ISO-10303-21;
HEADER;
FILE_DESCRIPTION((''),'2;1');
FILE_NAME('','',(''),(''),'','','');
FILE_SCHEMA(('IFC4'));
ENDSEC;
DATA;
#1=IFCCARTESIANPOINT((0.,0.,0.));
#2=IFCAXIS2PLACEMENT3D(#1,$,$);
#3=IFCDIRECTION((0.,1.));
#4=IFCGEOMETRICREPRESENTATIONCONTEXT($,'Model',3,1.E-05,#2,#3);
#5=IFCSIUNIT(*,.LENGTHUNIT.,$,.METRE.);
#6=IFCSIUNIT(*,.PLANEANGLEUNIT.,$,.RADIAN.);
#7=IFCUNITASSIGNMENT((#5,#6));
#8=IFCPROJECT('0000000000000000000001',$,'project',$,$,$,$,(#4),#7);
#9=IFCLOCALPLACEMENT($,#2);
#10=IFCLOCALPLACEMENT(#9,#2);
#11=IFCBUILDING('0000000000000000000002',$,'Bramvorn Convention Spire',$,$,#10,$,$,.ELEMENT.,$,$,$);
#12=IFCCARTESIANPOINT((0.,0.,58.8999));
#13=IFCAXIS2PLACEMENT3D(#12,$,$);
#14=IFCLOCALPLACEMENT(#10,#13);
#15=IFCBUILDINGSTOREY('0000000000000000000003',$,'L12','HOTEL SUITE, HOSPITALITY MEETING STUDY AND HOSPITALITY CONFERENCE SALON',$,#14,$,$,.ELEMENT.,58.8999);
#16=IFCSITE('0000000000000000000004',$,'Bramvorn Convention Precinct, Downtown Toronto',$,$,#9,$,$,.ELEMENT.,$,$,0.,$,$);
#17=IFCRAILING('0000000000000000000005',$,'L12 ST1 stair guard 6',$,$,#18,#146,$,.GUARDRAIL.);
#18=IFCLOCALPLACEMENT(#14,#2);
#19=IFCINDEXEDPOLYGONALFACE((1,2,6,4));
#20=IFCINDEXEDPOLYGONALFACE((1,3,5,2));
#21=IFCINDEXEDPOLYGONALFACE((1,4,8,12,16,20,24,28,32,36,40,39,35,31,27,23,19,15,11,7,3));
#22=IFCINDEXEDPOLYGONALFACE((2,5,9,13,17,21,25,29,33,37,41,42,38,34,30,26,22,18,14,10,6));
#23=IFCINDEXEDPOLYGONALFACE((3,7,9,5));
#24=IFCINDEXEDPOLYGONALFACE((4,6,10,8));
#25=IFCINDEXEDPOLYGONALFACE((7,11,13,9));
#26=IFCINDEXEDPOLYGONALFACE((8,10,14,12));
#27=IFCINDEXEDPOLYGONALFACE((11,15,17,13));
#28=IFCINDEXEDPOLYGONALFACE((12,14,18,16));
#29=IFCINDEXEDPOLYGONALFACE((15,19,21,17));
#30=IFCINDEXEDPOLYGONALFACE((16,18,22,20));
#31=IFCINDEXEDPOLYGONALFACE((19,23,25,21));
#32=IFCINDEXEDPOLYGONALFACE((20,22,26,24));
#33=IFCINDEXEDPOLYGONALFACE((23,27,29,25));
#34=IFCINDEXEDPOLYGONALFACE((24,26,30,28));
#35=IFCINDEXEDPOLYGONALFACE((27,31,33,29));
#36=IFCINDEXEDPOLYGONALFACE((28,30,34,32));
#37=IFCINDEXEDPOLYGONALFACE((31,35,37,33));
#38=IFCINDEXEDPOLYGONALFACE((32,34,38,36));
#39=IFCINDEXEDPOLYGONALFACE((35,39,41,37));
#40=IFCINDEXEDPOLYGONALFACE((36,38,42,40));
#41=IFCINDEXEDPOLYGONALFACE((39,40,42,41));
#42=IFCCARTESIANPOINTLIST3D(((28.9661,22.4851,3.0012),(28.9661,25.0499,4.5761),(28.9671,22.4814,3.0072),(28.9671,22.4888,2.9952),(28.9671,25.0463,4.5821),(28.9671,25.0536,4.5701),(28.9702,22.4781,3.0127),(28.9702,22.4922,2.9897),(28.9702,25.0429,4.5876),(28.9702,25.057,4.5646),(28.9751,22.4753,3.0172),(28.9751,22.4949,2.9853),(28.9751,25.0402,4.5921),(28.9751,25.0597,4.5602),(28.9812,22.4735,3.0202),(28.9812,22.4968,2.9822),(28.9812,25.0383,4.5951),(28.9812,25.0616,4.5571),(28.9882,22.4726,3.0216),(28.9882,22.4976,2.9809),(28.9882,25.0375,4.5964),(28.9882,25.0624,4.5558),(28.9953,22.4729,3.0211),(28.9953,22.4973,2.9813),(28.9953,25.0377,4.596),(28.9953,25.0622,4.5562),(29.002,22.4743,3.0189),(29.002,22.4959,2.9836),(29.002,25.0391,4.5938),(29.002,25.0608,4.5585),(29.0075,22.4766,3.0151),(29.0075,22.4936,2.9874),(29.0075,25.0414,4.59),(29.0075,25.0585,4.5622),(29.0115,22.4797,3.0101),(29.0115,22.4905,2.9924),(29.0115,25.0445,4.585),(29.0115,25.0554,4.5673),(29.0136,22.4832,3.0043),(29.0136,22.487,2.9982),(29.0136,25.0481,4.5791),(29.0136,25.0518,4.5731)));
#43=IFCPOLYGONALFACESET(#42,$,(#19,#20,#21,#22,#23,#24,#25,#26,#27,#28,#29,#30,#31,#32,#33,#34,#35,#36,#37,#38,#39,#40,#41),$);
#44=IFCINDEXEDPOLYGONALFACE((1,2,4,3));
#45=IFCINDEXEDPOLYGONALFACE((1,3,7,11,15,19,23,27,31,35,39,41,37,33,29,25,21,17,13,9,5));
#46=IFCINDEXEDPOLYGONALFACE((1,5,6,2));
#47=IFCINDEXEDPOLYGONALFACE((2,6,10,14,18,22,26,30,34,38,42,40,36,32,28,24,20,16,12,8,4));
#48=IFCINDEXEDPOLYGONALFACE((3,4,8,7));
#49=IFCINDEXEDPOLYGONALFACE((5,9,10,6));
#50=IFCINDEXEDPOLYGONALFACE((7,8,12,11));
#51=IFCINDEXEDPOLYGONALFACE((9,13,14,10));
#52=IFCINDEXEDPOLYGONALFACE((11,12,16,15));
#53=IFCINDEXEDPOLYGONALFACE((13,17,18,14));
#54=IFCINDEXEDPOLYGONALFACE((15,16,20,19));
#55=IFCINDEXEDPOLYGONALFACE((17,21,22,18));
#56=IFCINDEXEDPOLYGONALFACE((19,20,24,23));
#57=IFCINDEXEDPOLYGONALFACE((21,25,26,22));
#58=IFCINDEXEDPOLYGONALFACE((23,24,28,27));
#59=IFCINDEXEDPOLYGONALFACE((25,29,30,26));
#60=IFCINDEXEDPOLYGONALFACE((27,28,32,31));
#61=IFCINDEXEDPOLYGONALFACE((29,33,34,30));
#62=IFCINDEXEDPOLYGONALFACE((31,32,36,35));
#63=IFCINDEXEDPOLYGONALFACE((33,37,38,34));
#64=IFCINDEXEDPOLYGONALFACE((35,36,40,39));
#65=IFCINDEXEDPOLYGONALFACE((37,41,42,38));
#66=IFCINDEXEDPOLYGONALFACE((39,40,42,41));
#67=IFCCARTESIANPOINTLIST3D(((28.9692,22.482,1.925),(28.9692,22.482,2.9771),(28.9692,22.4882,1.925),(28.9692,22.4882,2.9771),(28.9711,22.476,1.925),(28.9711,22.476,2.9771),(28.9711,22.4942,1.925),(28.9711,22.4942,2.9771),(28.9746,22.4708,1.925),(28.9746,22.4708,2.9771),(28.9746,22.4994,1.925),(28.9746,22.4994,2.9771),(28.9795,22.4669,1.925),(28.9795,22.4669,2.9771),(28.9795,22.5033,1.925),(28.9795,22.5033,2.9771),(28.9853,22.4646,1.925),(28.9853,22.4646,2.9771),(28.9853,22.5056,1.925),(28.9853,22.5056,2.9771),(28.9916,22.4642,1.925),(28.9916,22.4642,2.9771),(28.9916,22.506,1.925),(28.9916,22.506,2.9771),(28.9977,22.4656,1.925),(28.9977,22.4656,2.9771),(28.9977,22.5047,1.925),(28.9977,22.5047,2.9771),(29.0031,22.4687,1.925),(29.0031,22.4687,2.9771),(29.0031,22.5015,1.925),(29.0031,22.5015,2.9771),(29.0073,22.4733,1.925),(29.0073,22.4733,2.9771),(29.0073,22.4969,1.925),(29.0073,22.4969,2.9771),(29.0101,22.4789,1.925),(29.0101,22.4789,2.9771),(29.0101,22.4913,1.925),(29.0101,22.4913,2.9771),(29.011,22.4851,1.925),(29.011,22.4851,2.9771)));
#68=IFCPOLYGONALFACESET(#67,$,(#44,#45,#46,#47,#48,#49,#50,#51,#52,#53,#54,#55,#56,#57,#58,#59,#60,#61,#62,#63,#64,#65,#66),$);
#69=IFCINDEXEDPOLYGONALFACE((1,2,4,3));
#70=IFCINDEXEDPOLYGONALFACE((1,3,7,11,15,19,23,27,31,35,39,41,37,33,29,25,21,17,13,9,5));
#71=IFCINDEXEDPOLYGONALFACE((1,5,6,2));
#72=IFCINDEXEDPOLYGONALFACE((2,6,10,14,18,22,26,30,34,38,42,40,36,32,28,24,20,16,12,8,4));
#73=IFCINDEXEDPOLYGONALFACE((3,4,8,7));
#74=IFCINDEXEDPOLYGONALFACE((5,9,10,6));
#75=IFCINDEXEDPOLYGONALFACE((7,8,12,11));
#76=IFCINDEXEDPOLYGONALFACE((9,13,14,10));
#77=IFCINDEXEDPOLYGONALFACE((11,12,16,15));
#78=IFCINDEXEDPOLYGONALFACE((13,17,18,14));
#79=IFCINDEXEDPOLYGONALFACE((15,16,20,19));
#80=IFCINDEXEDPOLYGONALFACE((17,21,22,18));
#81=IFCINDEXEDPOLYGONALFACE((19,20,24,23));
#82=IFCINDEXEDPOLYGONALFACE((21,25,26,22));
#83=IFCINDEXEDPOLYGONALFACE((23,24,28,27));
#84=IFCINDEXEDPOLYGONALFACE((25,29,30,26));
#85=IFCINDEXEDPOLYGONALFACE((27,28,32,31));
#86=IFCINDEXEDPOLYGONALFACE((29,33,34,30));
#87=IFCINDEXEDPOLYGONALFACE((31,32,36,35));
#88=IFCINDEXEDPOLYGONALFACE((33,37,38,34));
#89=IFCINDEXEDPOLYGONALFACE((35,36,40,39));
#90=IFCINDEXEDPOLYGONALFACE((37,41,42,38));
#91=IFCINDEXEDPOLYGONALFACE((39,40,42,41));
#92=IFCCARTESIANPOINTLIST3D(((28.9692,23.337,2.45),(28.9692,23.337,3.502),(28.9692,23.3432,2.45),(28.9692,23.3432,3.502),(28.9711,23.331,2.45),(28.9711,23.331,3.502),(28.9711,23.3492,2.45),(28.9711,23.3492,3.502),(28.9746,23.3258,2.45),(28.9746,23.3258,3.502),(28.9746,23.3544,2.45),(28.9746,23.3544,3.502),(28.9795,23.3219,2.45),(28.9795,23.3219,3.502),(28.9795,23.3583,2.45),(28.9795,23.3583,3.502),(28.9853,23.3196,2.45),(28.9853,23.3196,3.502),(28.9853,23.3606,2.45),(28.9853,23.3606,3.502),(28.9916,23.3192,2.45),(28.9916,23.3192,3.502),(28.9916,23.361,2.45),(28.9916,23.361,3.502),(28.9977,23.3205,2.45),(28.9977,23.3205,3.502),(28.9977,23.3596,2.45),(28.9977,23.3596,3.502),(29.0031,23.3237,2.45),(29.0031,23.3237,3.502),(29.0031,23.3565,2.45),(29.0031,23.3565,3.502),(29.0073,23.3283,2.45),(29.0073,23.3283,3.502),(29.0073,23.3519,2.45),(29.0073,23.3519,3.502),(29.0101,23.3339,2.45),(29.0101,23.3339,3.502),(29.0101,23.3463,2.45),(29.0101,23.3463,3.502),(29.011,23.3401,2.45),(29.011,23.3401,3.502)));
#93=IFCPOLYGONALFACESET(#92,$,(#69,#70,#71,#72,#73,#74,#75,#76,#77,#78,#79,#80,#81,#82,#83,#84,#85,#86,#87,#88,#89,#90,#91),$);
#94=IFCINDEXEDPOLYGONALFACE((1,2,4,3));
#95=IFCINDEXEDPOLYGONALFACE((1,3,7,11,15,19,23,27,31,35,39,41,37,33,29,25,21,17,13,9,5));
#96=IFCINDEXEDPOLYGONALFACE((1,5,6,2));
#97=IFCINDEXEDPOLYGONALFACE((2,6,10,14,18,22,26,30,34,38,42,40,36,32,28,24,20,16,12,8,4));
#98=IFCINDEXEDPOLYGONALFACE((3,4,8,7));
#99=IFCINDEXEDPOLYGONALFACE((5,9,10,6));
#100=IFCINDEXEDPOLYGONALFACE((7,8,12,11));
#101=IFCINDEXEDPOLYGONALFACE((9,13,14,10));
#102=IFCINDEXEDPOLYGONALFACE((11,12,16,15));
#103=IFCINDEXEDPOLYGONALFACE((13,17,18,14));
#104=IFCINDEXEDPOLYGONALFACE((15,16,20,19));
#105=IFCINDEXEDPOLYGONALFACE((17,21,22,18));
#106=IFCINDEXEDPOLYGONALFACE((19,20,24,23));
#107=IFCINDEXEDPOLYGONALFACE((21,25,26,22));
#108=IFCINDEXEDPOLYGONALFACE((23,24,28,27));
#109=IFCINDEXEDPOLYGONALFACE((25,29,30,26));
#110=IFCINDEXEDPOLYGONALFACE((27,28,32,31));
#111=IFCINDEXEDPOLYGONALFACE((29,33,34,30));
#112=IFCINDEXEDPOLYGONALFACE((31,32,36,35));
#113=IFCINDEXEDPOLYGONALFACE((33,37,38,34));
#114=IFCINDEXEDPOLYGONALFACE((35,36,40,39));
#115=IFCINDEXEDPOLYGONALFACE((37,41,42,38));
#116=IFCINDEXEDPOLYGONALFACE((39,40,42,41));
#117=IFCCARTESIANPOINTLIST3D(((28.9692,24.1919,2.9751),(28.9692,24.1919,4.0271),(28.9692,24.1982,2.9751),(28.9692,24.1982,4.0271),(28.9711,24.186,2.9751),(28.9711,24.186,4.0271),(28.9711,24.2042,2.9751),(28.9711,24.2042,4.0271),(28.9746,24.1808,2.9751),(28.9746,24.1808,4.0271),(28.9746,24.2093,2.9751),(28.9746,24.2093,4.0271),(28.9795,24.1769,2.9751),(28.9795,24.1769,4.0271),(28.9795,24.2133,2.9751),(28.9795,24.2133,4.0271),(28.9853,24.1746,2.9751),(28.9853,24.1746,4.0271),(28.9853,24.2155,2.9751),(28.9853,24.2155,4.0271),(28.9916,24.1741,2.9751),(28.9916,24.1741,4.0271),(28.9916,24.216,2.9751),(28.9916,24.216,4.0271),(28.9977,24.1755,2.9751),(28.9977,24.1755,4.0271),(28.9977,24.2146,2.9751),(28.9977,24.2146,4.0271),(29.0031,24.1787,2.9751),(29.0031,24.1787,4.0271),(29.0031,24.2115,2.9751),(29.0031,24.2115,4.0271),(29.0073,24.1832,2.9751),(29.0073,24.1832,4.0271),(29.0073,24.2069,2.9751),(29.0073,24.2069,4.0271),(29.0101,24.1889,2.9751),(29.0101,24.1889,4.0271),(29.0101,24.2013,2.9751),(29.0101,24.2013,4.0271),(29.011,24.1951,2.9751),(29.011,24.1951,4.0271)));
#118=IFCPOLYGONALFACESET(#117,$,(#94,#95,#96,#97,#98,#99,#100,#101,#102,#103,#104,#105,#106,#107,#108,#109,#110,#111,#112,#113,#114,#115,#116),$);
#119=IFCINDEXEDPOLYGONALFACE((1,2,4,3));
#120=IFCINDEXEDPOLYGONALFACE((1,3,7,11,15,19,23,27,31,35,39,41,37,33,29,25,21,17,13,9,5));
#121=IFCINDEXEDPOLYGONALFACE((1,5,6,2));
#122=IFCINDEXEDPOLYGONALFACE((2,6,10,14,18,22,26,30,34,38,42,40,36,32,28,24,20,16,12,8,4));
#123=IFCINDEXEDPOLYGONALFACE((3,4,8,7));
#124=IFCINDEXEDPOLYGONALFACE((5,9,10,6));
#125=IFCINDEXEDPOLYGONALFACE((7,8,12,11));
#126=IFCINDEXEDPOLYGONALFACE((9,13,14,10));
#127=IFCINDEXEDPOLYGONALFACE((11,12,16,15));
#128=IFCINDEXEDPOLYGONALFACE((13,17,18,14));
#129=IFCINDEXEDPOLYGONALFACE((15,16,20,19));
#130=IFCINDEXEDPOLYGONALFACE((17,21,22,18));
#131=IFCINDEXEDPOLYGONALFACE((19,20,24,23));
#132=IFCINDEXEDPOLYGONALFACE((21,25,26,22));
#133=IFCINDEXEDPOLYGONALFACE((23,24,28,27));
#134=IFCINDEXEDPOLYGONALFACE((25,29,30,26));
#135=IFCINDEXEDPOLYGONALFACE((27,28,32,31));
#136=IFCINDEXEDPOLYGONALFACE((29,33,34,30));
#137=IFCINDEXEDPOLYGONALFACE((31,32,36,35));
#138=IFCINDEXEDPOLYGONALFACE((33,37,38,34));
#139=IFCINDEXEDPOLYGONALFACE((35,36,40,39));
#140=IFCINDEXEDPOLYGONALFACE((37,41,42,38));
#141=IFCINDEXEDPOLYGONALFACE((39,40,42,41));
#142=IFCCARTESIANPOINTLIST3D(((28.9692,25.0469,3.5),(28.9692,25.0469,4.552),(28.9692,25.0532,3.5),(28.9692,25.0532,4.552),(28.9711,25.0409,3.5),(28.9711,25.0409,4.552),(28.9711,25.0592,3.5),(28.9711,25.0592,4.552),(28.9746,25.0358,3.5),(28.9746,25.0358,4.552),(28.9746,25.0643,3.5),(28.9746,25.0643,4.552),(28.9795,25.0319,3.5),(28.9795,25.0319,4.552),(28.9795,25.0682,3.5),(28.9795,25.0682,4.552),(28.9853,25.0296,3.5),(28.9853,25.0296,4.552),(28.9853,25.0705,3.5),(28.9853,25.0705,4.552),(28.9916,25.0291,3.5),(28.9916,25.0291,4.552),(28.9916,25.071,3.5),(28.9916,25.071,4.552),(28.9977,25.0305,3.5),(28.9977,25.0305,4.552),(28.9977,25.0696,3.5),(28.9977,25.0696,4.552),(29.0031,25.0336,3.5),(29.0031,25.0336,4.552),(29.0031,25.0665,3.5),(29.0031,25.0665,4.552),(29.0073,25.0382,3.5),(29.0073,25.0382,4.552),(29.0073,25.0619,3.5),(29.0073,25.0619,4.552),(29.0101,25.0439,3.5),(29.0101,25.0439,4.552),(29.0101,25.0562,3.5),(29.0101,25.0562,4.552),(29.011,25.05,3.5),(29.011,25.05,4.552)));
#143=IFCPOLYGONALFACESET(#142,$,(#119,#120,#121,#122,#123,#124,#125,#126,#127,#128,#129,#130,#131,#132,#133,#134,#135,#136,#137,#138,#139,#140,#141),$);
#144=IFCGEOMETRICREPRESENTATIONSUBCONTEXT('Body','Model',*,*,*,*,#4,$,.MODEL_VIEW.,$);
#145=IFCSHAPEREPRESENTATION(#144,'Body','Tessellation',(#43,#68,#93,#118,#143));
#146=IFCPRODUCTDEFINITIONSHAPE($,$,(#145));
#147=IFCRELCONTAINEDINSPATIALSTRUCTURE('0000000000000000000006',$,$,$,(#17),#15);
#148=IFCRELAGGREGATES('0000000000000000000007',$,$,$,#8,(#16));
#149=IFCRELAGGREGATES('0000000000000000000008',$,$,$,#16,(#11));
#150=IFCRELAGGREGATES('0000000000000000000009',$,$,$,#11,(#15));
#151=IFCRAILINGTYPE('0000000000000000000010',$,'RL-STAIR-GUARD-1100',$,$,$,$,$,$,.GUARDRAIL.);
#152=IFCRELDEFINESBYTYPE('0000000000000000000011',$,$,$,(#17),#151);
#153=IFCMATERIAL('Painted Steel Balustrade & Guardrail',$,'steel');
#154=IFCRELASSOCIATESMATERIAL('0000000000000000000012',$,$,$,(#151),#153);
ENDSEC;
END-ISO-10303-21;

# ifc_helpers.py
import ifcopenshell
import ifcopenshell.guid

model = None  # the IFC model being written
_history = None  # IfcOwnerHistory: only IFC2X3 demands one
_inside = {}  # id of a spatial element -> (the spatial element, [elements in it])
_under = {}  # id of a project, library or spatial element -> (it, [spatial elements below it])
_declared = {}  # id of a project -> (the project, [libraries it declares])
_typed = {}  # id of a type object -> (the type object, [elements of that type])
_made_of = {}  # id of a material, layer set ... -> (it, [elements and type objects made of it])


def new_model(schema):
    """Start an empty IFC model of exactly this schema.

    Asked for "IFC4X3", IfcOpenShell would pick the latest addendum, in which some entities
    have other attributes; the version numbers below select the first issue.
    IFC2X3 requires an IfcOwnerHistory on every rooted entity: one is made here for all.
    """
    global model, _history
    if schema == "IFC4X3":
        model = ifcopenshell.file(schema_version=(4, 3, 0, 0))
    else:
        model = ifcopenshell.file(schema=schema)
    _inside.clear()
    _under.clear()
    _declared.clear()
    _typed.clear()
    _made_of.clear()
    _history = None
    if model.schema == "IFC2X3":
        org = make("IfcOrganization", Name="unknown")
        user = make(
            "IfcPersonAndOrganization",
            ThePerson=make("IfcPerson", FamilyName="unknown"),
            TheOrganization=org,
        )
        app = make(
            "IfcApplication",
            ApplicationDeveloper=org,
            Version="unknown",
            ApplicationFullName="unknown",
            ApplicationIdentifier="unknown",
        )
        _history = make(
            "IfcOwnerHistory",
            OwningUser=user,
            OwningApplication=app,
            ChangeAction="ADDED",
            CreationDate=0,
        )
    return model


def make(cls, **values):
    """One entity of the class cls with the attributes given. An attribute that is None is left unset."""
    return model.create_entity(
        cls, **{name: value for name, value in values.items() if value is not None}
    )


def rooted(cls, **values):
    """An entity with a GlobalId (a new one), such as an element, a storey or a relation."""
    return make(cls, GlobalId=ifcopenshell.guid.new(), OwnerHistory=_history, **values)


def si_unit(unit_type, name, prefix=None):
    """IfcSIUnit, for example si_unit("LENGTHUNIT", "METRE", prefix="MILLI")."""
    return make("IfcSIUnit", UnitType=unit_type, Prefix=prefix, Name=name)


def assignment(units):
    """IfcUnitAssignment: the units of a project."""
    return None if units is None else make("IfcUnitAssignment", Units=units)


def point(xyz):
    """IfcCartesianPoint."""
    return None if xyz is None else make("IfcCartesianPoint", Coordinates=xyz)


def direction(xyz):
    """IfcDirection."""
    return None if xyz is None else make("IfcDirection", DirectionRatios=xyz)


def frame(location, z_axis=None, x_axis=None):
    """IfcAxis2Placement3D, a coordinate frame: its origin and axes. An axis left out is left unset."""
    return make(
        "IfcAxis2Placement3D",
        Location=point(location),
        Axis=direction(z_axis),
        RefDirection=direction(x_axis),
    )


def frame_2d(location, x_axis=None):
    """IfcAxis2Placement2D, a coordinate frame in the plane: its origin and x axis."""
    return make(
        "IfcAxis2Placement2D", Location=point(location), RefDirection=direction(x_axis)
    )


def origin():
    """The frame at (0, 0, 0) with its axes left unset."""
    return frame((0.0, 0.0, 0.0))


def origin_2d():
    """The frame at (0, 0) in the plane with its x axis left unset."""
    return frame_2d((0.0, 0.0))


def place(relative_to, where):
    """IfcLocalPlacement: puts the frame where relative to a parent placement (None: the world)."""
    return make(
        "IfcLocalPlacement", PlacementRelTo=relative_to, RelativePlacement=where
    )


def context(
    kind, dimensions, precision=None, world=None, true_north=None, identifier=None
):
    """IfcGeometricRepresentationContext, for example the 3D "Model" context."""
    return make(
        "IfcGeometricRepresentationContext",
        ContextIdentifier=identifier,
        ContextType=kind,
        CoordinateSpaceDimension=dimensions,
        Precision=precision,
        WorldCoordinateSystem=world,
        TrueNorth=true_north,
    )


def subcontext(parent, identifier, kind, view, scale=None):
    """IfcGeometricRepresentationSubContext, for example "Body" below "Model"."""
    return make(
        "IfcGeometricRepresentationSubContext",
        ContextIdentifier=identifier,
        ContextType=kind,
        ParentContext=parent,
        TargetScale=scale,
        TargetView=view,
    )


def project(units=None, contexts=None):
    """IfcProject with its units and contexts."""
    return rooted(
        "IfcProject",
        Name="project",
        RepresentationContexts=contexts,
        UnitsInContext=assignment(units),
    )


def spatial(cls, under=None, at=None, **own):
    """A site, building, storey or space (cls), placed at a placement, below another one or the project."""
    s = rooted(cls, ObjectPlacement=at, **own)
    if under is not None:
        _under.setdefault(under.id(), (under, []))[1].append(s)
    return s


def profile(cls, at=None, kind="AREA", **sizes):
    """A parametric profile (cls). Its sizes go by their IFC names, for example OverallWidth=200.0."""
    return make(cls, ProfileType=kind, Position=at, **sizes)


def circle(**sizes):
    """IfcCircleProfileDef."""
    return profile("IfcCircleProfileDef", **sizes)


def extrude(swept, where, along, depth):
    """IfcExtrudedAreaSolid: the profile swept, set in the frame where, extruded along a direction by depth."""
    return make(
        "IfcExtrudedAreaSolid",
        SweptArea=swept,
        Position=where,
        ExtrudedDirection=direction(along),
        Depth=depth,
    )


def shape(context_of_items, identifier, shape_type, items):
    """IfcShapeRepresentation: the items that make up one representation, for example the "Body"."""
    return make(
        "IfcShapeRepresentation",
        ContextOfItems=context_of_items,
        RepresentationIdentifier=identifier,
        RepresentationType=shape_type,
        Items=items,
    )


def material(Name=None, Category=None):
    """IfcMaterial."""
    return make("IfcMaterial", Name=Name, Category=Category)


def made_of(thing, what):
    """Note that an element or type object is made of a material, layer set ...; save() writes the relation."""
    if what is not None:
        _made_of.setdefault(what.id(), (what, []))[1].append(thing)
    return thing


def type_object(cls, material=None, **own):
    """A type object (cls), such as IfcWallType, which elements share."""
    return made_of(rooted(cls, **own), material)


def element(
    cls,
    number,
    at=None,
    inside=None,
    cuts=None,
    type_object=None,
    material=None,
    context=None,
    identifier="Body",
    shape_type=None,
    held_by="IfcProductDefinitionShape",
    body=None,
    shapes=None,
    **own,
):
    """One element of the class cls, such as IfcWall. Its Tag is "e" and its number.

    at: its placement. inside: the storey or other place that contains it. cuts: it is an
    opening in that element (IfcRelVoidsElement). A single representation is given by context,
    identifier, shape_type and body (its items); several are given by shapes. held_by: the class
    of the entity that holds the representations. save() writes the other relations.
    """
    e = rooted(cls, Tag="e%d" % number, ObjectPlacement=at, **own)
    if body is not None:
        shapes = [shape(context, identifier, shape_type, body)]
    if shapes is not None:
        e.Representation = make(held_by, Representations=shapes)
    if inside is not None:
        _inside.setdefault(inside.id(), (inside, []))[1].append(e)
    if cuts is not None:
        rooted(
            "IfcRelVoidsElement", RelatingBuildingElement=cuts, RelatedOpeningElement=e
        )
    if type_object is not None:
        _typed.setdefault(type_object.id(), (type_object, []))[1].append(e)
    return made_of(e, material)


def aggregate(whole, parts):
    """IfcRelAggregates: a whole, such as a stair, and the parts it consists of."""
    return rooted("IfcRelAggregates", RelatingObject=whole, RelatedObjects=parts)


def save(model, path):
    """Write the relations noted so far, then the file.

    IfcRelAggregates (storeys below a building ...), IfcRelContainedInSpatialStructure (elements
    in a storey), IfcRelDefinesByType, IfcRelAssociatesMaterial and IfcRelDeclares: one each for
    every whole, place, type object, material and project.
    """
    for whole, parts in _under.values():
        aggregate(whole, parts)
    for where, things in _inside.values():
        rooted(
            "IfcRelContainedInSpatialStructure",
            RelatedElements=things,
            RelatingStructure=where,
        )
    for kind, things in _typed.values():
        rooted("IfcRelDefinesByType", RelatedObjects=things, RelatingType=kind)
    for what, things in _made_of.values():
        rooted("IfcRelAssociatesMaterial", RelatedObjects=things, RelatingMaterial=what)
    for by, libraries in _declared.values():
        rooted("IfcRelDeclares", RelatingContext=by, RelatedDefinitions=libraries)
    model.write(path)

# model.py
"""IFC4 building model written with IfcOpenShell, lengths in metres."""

from ifc_helpers import new_model, si_unit, direction, frame, origin, origin_2d, place, context, subcontext, project, spatial, circle, extrude, material, type_object, element, save


model = new_model("IFC4")

# Units and contexts
model_context = context("Model", 3, precision=1e-05, world=origin(), true_north=direction((0.0, 1.0)))
body_context = subcontext(model_context, "Body", "Model", "MODEL_VIEW")
ifc_project = project(units=[si_unit("LENGTHUNIT", "METRE"), si_unit("PLANEANGLEUNIT", "RADIAN")], contexts=[model_context])

# Site, building, storey
site_placement = place(None, origin())
site = spatial("IfcSite", under=ifc_project, at=site_placement, Name="Bramvorn Convention Precinct, Downtown Toronto", CompositionType="ELEMENT", RefElevation=0.0)
building_placement = place(site_placement, origin())
building = spatial("IfcBuilding", under=site, at=building_placement, Name="Bramvorn Convention Spire", CompositionType="ELEMENT")
storey_placement = place(building_placement, frame((0.0, 0.0, 58.8999)))
storey = spatial("IfcBuildingStorey", under=building, at=storey_placement, Name="L12", Description="HOTEL SUITE, HOSPITALITY MEETING STUDY AND HOSPITALITY CONFERENCE SALON", CompositionType="ELEMENT", Elevation=58.8999)

# Railing
ifc_material_1 = material(Name="Painted Steel Balustrade & Guardrail", Category="steel")
railing_type_1 = type_object("IfcRailingType", Name="RL-STAIR-GUARD-1100", PredefinedType="GUARDRAIL", material=ifc_material_1)
railing_1_placement = place(storey_placement, frame((28.99, 22.4851, 1.925)))
element("IfcRailing", 1, at=railing_1_placement, inside=storey, type_object=railing_type_1, Name="L12 ST1 stair guard 6", PredefinedType="GUARDRAIL", context=body_context, shape_type="SweptSolid", body=[
    extrude(circle(Radius=0.0239, at=origin_2d()), frame((0.0, 0.0, 1.0762), z_axis=(0.0, 0.852173, 0.52326), x_axis=(-1.0, 0.0, 0.0)), (0.0, 0.0, 1.0), 3.0098),
    extrude(circle(Radius=0.021, at=origin_2d()), origin(), (0.0, 0.0, 1.0), 1.052),
    extrude(circle(Radius=0.021, at=origin_2d()), frame((0.0, 0.855, 0.5249)), (0.0, 0.0, 1.0), 1.052),
    extrude(circle(Radius=0.021, at=origin_2d()), frame((0.0, 1.71, 1.05)), (0.0, 0.0, 1.0), 1.052),
    extrude(circle(Radius=0.021, at=origin_2d()), frame((0.0, 2.5649, 1.575)), (0.0, 0.0, 1.0), 1.052),
])

save(model, "model.ifc")
